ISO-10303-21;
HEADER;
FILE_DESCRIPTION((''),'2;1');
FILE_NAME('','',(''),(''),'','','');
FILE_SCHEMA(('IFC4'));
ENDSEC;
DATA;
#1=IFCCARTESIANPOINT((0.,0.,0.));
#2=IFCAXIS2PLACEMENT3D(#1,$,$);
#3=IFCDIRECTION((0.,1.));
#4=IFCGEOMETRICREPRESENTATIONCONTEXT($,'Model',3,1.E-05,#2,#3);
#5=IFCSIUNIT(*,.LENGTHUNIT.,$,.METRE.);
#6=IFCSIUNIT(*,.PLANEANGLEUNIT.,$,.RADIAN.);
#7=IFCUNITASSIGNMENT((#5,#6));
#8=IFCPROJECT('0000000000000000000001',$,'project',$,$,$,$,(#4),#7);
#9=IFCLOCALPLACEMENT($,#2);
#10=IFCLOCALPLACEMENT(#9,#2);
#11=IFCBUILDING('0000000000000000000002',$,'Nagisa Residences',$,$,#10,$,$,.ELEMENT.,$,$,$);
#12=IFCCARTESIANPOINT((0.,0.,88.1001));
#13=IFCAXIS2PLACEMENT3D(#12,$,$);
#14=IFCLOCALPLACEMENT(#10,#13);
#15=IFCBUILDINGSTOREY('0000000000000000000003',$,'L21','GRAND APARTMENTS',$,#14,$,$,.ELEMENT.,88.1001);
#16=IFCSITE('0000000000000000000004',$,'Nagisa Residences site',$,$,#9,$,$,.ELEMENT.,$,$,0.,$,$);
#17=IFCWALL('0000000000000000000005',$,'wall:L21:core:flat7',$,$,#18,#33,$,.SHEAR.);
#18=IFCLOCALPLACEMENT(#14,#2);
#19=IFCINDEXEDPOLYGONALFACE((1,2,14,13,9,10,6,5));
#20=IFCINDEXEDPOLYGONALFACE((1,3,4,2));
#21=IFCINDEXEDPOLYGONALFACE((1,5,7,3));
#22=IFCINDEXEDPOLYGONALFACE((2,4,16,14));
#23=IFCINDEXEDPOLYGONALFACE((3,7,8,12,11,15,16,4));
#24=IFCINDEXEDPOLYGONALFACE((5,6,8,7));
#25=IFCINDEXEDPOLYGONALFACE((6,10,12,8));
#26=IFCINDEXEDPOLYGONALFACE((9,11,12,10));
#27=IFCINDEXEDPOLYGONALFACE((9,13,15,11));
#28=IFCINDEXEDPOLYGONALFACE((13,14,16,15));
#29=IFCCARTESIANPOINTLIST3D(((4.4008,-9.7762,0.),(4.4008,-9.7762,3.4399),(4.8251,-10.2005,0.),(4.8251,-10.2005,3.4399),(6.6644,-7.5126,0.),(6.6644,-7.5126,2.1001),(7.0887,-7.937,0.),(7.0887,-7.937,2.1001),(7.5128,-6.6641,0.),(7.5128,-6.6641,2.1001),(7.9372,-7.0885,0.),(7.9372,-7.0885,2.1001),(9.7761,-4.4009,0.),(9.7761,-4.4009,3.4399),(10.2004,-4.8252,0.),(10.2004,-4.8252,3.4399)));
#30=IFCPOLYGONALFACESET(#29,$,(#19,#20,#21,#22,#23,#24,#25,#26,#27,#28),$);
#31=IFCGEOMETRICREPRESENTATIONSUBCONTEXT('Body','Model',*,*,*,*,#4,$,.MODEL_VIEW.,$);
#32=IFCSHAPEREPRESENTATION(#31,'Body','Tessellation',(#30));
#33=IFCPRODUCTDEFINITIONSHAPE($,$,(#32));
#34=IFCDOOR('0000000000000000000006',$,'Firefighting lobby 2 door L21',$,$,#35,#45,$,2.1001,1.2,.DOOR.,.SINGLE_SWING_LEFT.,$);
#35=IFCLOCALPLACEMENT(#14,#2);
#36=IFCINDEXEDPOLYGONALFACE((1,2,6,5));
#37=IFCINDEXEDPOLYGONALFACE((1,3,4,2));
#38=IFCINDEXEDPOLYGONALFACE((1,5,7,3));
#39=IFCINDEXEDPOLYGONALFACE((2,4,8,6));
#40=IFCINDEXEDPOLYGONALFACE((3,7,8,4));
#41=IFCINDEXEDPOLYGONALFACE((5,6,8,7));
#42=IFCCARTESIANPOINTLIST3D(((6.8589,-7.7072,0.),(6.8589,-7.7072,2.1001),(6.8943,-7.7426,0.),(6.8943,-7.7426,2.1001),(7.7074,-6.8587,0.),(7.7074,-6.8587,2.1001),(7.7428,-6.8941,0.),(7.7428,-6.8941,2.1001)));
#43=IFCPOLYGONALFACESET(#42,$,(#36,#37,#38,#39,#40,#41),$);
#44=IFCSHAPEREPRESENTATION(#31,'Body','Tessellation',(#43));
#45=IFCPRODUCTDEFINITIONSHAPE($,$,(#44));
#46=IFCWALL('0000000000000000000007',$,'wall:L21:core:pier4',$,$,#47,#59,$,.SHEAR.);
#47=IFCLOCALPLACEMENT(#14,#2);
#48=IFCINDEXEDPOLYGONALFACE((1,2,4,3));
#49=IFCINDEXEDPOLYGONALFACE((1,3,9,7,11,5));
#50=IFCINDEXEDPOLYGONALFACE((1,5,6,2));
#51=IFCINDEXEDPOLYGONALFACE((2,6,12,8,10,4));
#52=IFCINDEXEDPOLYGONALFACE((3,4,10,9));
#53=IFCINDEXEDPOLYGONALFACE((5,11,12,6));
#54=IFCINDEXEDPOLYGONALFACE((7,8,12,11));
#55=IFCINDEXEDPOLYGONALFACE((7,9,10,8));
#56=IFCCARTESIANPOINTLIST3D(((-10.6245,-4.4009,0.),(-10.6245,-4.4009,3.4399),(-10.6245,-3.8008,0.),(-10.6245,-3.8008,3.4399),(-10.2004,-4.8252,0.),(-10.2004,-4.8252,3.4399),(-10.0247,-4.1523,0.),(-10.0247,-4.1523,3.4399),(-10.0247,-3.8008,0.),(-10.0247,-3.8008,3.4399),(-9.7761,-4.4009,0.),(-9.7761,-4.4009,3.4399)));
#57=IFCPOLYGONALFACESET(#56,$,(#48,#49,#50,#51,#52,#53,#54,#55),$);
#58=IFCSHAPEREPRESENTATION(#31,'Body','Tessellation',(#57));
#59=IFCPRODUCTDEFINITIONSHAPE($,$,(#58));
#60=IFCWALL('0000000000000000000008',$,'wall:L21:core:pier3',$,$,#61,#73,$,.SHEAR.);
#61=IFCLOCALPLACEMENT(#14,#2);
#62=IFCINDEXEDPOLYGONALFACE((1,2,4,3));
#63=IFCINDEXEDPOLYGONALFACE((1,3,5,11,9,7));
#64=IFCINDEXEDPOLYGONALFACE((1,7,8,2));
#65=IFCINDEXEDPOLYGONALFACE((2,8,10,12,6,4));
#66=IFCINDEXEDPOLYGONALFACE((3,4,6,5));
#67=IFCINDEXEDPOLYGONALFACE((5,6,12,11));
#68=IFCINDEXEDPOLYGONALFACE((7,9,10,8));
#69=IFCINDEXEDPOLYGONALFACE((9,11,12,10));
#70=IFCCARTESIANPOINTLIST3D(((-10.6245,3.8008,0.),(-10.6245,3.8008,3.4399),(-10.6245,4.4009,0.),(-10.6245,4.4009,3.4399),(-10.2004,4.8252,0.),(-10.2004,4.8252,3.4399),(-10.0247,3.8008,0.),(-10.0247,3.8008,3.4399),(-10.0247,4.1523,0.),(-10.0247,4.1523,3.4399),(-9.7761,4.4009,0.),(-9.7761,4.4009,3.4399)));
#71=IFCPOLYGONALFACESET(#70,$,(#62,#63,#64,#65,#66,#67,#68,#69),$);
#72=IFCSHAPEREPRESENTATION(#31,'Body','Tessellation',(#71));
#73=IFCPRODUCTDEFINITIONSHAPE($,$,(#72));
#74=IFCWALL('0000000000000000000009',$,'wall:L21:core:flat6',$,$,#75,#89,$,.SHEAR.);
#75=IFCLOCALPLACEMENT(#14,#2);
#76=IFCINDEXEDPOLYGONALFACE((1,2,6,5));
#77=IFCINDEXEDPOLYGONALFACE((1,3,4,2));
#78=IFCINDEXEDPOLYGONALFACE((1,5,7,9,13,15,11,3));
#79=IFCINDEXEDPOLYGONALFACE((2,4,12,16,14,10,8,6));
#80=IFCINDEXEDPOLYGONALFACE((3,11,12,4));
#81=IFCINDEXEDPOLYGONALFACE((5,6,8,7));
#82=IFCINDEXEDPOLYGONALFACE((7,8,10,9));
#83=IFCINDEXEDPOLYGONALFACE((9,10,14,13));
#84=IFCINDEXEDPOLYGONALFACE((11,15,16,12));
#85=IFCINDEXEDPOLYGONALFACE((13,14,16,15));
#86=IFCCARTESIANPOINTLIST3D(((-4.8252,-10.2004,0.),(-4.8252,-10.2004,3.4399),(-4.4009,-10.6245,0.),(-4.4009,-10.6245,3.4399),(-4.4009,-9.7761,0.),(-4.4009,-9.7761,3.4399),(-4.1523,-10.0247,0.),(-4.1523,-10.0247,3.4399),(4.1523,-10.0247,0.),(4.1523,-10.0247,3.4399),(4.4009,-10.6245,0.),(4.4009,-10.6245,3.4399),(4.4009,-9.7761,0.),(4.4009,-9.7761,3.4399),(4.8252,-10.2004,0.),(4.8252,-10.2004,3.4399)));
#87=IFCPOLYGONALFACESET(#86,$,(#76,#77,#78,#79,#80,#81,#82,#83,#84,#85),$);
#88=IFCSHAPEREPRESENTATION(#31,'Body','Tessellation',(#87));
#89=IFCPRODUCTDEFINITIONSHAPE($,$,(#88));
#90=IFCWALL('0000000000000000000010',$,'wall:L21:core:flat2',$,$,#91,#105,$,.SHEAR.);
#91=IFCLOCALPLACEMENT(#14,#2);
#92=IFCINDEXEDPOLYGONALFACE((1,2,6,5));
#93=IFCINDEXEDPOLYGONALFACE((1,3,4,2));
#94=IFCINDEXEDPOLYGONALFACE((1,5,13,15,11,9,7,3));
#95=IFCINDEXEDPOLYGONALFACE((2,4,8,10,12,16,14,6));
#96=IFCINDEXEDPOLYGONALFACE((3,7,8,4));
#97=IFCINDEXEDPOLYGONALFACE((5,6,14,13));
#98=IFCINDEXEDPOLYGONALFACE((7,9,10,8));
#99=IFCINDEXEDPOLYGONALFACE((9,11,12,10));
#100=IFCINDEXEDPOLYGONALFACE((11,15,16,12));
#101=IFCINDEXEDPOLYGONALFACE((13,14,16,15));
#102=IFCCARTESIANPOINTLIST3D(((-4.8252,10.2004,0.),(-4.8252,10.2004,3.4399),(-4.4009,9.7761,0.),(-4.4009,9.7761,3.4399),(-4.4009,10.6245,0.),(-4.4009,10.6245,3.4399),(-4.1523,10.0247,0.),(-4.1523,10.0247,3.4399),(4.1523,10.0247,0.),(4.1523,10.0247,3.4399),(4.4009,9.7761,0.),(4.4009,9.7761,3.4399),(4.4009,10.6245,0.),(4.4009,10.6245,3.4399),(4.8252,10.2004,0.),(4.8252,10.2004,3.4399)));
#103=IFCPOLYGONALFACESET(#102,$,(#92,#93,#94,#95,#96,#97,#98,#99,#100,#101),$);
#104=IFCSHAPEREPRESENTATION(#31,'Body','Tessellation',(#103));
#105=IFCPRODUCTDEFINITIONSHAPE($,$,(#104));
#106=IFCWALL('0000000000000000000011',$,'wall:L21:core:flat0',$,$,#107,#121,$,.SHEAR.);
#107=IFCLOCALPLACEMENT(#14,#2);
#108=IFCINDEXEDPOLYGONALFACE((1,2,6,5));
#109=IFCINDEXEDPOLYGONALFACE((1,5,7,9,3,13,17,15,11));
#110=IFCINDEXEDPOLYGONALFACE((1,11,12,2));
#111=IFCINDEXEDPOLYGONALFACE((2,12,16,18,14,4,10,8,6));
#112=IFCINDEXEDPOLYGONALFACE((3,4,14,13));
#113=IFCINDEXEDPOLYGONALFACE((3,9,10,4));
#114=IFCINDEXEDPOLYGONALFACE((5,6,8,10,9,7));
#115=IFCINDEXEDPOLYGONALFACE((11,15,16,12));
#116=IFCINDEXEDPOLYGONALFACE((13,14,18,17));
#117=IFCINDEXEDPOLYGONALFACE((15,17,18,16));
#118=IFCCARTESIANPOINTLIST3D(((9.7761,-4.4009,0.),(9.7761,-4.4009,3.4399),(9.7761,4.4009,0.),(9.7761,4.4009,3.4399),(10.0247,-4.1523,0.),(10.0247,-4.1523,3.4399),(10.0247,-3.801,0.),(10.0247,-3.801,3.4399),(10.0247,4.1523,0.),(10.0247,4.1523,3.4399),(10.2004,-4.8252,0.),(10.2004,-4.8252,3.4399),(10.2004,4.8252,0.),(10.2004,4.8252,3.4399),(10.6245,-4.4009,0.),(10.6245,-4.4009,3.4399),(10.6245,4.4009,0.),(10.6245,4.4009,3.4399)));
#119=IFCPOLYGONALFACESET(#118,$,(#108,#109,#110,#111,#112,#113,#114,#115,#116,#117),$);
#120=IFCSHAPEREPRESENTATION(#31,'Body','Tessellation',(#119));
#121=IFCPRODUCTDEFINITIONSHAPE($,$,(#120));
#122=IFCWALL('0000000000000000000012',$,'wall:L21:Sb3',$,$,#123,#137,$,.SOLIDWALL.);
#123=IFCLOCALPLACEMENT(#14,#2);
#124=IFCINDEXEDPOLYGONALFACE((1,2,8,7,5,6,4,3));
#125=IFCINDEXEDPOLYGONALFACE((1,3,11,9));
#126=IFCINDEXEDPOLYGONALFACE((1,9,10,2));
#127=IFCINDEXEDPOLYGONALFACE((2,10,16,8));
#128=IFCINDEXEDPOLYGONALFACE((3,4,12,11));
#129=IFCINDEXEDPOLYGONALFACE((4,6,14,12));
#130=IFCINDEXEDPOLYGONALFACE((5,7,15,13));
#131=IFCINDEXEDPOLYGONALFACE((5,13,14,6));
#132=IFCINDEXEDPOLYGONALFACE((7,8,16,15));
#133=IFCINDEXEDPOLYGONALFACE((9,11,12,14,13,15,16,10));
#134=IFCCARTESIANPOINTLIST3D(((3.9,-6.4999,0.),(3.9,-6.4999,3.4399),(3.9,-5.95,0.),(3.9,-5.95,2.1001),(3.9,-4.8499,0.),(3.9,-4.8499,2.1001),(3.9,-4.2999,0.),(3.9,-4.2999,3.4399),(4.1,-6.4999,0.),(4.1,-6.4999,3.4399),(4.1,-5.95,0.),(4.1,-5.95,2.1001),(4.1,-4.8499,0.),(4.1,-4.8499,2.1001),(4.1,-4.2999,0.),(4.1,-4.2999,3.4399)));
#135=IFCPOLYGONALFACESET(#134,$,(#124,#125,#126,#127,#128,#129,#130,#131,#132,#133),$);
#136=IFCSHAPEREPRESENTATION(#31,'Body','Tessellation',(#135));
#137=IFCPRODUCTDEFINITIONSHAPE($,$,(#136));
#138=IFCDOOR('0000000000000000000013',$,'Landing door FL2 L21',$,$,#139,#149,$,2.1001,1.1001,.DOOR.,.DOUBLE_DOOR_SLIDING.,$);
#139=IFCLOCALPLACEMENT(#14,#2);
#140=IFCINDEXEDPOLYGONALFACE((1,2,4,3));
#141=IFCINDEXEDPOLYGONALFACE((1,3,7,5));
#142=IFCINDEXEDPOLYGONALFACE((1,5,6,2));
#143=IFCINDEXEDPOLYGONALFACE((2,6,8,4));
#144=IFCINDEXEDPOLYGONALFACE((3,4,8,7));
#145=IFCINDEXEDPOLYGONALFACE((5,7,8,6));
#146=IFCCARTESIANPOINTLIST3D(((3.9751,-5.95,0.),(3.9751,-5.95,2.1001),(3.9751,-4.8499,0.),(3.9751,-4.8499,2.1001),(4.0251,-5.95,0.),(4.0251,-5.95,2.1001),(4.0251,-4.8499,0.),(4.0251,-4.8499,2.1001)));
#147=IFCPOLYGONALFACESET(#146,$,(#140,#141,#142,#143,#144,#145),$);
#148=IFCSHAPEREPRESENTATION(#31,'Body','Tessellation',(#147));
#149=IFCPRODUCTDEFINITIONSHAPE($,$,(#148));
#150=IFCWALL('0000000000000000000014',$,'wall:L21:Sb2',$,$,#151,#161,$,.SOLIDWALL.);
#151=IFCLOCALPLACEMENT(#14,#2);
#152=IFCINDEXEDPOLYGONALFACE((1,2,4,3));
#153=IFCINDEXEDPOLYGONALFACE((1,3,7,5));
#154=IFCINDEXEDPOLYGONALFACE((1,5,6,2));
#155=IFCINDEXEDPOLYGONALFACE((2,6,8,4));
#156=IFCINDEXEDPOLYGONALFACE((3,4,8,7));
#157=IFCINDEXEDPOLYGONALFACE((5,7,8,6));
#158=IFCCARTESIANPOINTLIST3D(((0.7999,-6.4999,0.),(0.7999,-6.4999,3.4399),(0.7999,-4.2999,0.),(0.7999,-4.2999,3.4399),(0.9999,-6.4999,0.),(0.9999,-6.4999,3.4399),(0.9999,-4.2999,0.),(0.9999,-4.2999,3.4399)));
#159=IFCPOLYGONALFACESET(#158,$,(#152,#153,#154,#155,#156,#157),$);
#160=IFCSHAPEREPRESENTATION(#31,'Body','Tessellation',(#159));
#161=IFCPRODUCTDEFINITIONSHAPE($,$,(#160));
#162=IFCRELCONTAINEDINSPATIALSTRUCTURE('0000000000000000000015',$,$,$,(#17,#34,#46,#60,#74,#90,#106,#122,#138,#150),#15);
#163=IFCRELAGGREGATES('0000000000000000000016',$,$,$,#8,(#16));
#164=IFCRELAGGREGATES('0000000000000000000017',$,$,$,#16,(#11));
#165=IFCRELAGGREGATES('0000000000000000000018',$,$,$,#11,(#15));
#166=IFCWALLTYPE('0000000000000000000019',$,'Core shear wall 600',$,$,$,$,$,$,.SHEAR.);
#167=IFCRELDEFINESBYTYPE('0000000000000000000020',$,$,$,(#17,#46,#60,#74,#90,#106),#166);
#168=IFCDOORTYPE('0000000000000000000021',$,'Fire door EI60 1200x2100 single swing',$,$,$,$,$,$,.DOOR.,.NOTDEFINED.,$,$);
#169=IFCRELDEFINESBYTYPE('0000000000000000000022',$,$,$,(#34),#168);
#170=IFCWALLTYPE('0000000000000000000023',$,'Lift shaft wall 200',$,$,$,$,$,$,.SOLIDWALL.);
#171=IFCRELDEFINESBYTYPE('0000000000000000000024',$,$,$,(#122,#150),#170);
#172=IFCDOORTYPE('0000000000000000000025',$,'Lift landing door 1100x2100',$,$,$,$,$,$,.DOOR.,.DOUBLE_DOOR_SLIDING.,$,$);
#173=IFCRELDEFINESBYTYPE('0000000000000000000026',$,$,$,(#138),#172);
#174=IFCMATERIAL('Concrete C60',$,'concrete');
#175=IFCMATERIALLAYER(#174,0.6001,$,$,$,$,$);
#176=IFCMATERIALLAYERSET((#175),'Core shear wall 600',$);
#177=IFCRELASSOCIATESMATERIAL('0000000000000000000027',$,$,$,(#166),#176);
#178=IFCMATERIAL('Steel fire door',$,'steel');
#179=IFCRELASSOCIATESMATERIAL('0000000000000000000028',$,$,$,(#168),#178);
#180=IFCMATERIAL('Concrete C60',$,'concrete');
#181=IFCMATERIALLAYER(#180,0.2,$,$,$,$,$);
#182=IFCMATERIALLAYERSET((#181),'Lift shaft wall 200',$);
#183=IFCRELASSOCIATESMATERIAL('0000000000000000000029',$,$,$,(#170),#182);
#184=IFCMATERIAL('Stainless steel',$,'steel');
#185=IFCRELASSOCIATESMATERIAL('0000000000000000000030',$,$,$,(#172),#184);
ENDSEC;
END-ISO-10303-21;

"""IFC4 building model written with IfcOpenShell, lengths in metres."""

from ifc_helpers import new_model, si_unit, direction, frame, frame_2d, origin, place, context, subcontext, project, spatial, polyline, rectangle, outline, extrude, material, layer, layer_set, type_object, element, fill, save


model = new_model("IFC4")

# Units and contexts
model_context = context("Model", 3, precision=1e-05, world=origin(), true_north=direction((0.0, 1.0)))
body_context = subcontext(model_context, "Body", "Model", "MODEL_VIEW")
ifc_project = project(units=[si_unit("LENGTHUNIT", "METRE"), si_unit("PLANEANGLEUNIT", "RADIAN")], contexts=[model_context])

# Site, building, storey
site_placement = place(None, origin())
site = spatial("IfcSite", under=ifc_project, at=site_placement, Name="Nagisa Residences site", CompositionType="ELEMENT", RefElevation=0.0)
building_placement = place(site_placement, origin())
building = spatial("IfcBuilding", under=site, at=building_placement, Name="Nagisa Residences", CompositionType="ELEMENT")
storey_placement = place(building_placement, frame((0.0, 0.0, 88.1001)))
storey = spatial("IfcBuildingStorey", under=building, at=storey_placement, Name="L21", Description="GRAND APARTMENTS", CompositionType="ELEMENT", Elevation=88.1001)

# Wall, opening, door
ifc_material_1 = material(Name="Concrete C60", Category="concrete")
ifc_layer_1 = layer(ifc_material_1, 0.6001)
ifc_layer_set_1 = layer_set([ifc_layer_1], Name="Core shear wall 600")
wall_type_1 = type_object("IfcWallType", Name="Core shear wall 600", PredefinedType="SHEAR", material=ifc_layer_set_1)
wall_1_placement = place(storey_placement, frame((4.613, -9.9883, 0.0), z_axis=(0.0, 0.0, 1.0), x_axis=(0.707107, 0.707107, 0.0)))
wall_1 = element("IfcWall", 1, at=wall_1_placement, inside=storey, type_object=wall_type_1, Name="wall:L21:core:flat7", PredefinedType="SHEAR", context=body_context, shape_type="SweptSolid", body=[
    extrude(rectangle(XDim=7.6018, YDim=0.6001, at=frame_2d((3.8008, 0.0))), origin(), (0.0, 0.0, 1.0), 3.4399),
])
opening_1_placement = place(wall_1_placement, frame((3.2009, 0.0, 0.0)))
opening_1 = element("IfcOpeningElement", 2, at=opening_1_placement, cuts=wall_1, PredefinedType="OPENING", context=body_context, shape_type="SweptSolid", body=[
    extrude(rectangle(XDim=1.2, YDim=2.1001, at=frame_2d((0.6001, 1.05))), frame((0.0, 0.3101, 0.0), z_axis=(0.0, -1.0, 0.0), x_axis=(1.0, 0.0, 0.0)), (0.0, 0.0, 1.0), 0.6201),
])
ifc_material_2 = material(Name="Steel fire door", Category="steel")
door_type_1 = type_object("IfcDoorType", Name="Fire door EI60 1200x2100 single swing", OperationType="NOTDEFINED", PredefinedType="DOOR", material=ifc_material_2)
door_1_placement = place(opening_1_placement, origin())
door_1 = element("IfcDoor", 3, at=door_1_placement, inside=storey, type_object=door_type_1, Name="Firefighting lobby 2 door L21", OperationType="SINGLE_SWING_LEFT", OverallHeight=2.1001, OverallWidth=1.2, PredefinedType="DOOR", context=body_context, shape_type="SweptSolid", body=[
    extrude(rectangle(XDim=1.2, YDim=2.1001, at=frame_2d((0.6001, 1.05))), frame((0.0, 0.0249, 0.0), z_axis=(0.0, -1.0, 0.0), x_axis=(1.0, 0.0, 0.0)), (0.0, 0.0, 1.0), 0.05),
])
fill(opening_1, door_1)

# Walls
wall_2_placement = place(storey_placement, origin())
element("IfcWall", 4, at=wall_2_placement, inside=storey, type_object=wall_type_1, Name="wall:L21:core:pier4", PredefinedType="SHEAR", context=body_context, shape_type="SweptSolid", body=[
    extrude(outline(polyline([(-10.6245, -3.8008), (-10.0247, -3.8008), (-10.0247, -4.1523), (-9.7761, -4.4009), (-10.2004, -4.8252), (-10.6245, -4.4009), (-10.6245, -3.8008)])), origin(), (0.0, 0.0, 1.0), 3.4399),
])
wall_3_placement = place(storey_placement, origin())
element("IfcWall", 5, at=wall_3_placement, inside=storey, type_object=wall_type_1, Name="wall:L21:core:pier3", PredefinedType="SHEAR", context=body_context, shape_type="SweptSolid", body=[
    extrude(outline(polyline([(-10.2004, 4.8252), (-9.7761, 4.4009), (-10.0247, 4.1523), (-10.0247, 3.8008), (-10.6245, 3.8008), (-10.6245, 4.4009), (-10.2004, 4.8252)])), origin(), (0.0, 0.0, 1.0), 3.4399),
])
wall_4_placement = place(storey_placement, origin())
element("IfcWall", 6, at=wall_4_placement, inside=storey, type_object=wall_type_1, Name="wall:L21:core:flat6", PredefinedType="SHEAR", context=body_context, shape_type="SweptSolid", body=[
    extrude(outline(polyline([(-4.1523, -10.0247), (4.1523, -10.0247), (4.4009, -9.7761), (4.8252, -10.2004), (4.4009, -10.6245), (-4.4009, -10.6245), (-4.8252, -10.2004), (-4.4009, -9.7761), (-4.1523, -10.0247)])), origin(), (0.0, 0.0, 1.0), 3.4399),
])
wall_5_placement = place(storey_placement, origin())
element("IfcWall", 7, at=wall_5_placement, inside=storey, type_object=wall_type_1, Name="wall:L21:core:flat2", PredefinedType="SHEAR", context=body_context, shape_type="SweptSolid", body=[
    extrude(outline(polyline([(-4.1523, 10.0247), (-4.4009, 9.7761), (-4.8252, 10.2004), (-4.4009, 10.6245), (4.4009, 10.6245), (4.8252, 10.2004), (4.4009, 9.7761), (4.1523, 10.0247), (-4.1523, 10.0247)])), origin(), (0.0, 0.0, 1.0), 3.4399),
])
wall_6_placement = place(storey_placement, origin())
element("IfcWall", 8, at=wall_6_placement, inside=storey, type_object=wall_type_1, Name="wall:L21:core:flat0", PredefinedType="SHEAR", context=body_context, shape_type="SweptSolid", body=[
    extrude(outline(polyline([(9.7761, -4.4009), (10.0247, -4.1523), (10.0247, -3.801), (10.0247, 4.1523), (9.7761, 4.4009), (10.2004, 4.8252), (10.6245, 4.4009), (10.6245, -4.4009), (10.2004, -4.8252), (9.7761, -4.4009)])), origin(), (0.0, 0.0, 1.0), 3.4399),
])

# Wall, opening, door
ifc_material_3 = material(Name="Concrete C60", Category="concrete")
ifc_layer_2 = layer(ifc_material_3, 0.2)
ifc_layer_set_2 = layer_set([ifc_layer_2], Name="Lift shaft wall 200")
wall_type_2 = type_object("IfcWallType", Name="Lift shaft wall 200", PredefinedType="SOLIDWALL", material=ifc_layer_set_2)
wall_7_placement = place(storey_placement, frame((4.0, -6.5, 0.0), z_axis=(0.0, 0.0, 1.0), x_axis=(0.0, 1.0, 0.0)))
wall_7 = element("IfcWall", 9, at=wall_7_placement, inside=storey, type_object=wall_type_2, Name="wall:L21:Sb3", PredefinedType="SOLIDWALL", context=body_context, shape_type="SweptSolid", body=[
    extrude(rectangle(XDim=2.2, YDim=0.2, at=frame_2d((1.1001, 0.0))), origin(), (0.0, 0.0, 1.0), 3.4399),
])
opening_2_placement = place(wall_7_placement, frame((0.55, 0.0, 0.0)))
opening_2 = element("IfcOpeningElement", 10, at=opening_2_placement, cuts=wall_7, PredefinedType="OPENING", context=body_context, shape_type="SweptSolid", body=[
    extrude(rectangle(XDim=1.1001, YDim=2.1001, at=frame_2d((0.55, 1.05))), frame((0.0, 0.1099, 0.0), z_axis=(0.0, -1.0, 0.0), x_axis=(1.0, 0.0, 0.0)), (0.0, 0.0, 1.0), 0.22),
])
ifc_material_4 = material(Name="Stainless steel", Category="steel")
door_type_2 = type_object("IfcDoorType", Name="Lift landing door 1100x2100", OperationType="DOUBLE_DOOR_SLIDING", PredefinedType="DOOR", material=ifc_material_4)
door_2_placement = place(opening_2_placement, origin())
door_2 = element("IfcDoor", 11, at=door_2_placement, inside=storey, type_object=door_type_2, Name="Landing door FL2 L21", OperationType="DOUBLE_DOOR_SLIDING", OverallHeight=2.1001, OverallWidth=1.1001, PredefinedType="DOOR", context=body_context, shape_type="SweptSolid", body=[
    extrude(rectangle(XDim=1.1001, YDim=2.1001, at=frame_2d((0.55, 1.05))), frame((0.0, 0.0249, 0.0), z_axis=(0.0, -1.0, 0.0), x_axis=(1.0, 0.0, 0.0)), (0.0, 0.0, 1.0), 0.05),
])
fill(opening_2, door_2)

# Wall
wall_8_placement = place(storey_placement, frame((0.8999, -6.5, 0.0), z_axis=(0.0, 0.0, 1.0), x_axis=(0.0, 1.0, 0.0)))
element("IfcWall", 12, at=wall_8_placement, inside=storey, type_object=wall_type_2, Name="wall:L21:Sb2", PredefinedType="SOLIDWALL", context=body_context, shape_type="SweptSolid", body=[
    extrude(rectangle(XDim=2.2, YDim=0.2, at=frame_2d((1.1001, 0.0))), origin(), (0.0, 0.0, 1.0), 3.4399),
])

save(model, "model.ifc")
